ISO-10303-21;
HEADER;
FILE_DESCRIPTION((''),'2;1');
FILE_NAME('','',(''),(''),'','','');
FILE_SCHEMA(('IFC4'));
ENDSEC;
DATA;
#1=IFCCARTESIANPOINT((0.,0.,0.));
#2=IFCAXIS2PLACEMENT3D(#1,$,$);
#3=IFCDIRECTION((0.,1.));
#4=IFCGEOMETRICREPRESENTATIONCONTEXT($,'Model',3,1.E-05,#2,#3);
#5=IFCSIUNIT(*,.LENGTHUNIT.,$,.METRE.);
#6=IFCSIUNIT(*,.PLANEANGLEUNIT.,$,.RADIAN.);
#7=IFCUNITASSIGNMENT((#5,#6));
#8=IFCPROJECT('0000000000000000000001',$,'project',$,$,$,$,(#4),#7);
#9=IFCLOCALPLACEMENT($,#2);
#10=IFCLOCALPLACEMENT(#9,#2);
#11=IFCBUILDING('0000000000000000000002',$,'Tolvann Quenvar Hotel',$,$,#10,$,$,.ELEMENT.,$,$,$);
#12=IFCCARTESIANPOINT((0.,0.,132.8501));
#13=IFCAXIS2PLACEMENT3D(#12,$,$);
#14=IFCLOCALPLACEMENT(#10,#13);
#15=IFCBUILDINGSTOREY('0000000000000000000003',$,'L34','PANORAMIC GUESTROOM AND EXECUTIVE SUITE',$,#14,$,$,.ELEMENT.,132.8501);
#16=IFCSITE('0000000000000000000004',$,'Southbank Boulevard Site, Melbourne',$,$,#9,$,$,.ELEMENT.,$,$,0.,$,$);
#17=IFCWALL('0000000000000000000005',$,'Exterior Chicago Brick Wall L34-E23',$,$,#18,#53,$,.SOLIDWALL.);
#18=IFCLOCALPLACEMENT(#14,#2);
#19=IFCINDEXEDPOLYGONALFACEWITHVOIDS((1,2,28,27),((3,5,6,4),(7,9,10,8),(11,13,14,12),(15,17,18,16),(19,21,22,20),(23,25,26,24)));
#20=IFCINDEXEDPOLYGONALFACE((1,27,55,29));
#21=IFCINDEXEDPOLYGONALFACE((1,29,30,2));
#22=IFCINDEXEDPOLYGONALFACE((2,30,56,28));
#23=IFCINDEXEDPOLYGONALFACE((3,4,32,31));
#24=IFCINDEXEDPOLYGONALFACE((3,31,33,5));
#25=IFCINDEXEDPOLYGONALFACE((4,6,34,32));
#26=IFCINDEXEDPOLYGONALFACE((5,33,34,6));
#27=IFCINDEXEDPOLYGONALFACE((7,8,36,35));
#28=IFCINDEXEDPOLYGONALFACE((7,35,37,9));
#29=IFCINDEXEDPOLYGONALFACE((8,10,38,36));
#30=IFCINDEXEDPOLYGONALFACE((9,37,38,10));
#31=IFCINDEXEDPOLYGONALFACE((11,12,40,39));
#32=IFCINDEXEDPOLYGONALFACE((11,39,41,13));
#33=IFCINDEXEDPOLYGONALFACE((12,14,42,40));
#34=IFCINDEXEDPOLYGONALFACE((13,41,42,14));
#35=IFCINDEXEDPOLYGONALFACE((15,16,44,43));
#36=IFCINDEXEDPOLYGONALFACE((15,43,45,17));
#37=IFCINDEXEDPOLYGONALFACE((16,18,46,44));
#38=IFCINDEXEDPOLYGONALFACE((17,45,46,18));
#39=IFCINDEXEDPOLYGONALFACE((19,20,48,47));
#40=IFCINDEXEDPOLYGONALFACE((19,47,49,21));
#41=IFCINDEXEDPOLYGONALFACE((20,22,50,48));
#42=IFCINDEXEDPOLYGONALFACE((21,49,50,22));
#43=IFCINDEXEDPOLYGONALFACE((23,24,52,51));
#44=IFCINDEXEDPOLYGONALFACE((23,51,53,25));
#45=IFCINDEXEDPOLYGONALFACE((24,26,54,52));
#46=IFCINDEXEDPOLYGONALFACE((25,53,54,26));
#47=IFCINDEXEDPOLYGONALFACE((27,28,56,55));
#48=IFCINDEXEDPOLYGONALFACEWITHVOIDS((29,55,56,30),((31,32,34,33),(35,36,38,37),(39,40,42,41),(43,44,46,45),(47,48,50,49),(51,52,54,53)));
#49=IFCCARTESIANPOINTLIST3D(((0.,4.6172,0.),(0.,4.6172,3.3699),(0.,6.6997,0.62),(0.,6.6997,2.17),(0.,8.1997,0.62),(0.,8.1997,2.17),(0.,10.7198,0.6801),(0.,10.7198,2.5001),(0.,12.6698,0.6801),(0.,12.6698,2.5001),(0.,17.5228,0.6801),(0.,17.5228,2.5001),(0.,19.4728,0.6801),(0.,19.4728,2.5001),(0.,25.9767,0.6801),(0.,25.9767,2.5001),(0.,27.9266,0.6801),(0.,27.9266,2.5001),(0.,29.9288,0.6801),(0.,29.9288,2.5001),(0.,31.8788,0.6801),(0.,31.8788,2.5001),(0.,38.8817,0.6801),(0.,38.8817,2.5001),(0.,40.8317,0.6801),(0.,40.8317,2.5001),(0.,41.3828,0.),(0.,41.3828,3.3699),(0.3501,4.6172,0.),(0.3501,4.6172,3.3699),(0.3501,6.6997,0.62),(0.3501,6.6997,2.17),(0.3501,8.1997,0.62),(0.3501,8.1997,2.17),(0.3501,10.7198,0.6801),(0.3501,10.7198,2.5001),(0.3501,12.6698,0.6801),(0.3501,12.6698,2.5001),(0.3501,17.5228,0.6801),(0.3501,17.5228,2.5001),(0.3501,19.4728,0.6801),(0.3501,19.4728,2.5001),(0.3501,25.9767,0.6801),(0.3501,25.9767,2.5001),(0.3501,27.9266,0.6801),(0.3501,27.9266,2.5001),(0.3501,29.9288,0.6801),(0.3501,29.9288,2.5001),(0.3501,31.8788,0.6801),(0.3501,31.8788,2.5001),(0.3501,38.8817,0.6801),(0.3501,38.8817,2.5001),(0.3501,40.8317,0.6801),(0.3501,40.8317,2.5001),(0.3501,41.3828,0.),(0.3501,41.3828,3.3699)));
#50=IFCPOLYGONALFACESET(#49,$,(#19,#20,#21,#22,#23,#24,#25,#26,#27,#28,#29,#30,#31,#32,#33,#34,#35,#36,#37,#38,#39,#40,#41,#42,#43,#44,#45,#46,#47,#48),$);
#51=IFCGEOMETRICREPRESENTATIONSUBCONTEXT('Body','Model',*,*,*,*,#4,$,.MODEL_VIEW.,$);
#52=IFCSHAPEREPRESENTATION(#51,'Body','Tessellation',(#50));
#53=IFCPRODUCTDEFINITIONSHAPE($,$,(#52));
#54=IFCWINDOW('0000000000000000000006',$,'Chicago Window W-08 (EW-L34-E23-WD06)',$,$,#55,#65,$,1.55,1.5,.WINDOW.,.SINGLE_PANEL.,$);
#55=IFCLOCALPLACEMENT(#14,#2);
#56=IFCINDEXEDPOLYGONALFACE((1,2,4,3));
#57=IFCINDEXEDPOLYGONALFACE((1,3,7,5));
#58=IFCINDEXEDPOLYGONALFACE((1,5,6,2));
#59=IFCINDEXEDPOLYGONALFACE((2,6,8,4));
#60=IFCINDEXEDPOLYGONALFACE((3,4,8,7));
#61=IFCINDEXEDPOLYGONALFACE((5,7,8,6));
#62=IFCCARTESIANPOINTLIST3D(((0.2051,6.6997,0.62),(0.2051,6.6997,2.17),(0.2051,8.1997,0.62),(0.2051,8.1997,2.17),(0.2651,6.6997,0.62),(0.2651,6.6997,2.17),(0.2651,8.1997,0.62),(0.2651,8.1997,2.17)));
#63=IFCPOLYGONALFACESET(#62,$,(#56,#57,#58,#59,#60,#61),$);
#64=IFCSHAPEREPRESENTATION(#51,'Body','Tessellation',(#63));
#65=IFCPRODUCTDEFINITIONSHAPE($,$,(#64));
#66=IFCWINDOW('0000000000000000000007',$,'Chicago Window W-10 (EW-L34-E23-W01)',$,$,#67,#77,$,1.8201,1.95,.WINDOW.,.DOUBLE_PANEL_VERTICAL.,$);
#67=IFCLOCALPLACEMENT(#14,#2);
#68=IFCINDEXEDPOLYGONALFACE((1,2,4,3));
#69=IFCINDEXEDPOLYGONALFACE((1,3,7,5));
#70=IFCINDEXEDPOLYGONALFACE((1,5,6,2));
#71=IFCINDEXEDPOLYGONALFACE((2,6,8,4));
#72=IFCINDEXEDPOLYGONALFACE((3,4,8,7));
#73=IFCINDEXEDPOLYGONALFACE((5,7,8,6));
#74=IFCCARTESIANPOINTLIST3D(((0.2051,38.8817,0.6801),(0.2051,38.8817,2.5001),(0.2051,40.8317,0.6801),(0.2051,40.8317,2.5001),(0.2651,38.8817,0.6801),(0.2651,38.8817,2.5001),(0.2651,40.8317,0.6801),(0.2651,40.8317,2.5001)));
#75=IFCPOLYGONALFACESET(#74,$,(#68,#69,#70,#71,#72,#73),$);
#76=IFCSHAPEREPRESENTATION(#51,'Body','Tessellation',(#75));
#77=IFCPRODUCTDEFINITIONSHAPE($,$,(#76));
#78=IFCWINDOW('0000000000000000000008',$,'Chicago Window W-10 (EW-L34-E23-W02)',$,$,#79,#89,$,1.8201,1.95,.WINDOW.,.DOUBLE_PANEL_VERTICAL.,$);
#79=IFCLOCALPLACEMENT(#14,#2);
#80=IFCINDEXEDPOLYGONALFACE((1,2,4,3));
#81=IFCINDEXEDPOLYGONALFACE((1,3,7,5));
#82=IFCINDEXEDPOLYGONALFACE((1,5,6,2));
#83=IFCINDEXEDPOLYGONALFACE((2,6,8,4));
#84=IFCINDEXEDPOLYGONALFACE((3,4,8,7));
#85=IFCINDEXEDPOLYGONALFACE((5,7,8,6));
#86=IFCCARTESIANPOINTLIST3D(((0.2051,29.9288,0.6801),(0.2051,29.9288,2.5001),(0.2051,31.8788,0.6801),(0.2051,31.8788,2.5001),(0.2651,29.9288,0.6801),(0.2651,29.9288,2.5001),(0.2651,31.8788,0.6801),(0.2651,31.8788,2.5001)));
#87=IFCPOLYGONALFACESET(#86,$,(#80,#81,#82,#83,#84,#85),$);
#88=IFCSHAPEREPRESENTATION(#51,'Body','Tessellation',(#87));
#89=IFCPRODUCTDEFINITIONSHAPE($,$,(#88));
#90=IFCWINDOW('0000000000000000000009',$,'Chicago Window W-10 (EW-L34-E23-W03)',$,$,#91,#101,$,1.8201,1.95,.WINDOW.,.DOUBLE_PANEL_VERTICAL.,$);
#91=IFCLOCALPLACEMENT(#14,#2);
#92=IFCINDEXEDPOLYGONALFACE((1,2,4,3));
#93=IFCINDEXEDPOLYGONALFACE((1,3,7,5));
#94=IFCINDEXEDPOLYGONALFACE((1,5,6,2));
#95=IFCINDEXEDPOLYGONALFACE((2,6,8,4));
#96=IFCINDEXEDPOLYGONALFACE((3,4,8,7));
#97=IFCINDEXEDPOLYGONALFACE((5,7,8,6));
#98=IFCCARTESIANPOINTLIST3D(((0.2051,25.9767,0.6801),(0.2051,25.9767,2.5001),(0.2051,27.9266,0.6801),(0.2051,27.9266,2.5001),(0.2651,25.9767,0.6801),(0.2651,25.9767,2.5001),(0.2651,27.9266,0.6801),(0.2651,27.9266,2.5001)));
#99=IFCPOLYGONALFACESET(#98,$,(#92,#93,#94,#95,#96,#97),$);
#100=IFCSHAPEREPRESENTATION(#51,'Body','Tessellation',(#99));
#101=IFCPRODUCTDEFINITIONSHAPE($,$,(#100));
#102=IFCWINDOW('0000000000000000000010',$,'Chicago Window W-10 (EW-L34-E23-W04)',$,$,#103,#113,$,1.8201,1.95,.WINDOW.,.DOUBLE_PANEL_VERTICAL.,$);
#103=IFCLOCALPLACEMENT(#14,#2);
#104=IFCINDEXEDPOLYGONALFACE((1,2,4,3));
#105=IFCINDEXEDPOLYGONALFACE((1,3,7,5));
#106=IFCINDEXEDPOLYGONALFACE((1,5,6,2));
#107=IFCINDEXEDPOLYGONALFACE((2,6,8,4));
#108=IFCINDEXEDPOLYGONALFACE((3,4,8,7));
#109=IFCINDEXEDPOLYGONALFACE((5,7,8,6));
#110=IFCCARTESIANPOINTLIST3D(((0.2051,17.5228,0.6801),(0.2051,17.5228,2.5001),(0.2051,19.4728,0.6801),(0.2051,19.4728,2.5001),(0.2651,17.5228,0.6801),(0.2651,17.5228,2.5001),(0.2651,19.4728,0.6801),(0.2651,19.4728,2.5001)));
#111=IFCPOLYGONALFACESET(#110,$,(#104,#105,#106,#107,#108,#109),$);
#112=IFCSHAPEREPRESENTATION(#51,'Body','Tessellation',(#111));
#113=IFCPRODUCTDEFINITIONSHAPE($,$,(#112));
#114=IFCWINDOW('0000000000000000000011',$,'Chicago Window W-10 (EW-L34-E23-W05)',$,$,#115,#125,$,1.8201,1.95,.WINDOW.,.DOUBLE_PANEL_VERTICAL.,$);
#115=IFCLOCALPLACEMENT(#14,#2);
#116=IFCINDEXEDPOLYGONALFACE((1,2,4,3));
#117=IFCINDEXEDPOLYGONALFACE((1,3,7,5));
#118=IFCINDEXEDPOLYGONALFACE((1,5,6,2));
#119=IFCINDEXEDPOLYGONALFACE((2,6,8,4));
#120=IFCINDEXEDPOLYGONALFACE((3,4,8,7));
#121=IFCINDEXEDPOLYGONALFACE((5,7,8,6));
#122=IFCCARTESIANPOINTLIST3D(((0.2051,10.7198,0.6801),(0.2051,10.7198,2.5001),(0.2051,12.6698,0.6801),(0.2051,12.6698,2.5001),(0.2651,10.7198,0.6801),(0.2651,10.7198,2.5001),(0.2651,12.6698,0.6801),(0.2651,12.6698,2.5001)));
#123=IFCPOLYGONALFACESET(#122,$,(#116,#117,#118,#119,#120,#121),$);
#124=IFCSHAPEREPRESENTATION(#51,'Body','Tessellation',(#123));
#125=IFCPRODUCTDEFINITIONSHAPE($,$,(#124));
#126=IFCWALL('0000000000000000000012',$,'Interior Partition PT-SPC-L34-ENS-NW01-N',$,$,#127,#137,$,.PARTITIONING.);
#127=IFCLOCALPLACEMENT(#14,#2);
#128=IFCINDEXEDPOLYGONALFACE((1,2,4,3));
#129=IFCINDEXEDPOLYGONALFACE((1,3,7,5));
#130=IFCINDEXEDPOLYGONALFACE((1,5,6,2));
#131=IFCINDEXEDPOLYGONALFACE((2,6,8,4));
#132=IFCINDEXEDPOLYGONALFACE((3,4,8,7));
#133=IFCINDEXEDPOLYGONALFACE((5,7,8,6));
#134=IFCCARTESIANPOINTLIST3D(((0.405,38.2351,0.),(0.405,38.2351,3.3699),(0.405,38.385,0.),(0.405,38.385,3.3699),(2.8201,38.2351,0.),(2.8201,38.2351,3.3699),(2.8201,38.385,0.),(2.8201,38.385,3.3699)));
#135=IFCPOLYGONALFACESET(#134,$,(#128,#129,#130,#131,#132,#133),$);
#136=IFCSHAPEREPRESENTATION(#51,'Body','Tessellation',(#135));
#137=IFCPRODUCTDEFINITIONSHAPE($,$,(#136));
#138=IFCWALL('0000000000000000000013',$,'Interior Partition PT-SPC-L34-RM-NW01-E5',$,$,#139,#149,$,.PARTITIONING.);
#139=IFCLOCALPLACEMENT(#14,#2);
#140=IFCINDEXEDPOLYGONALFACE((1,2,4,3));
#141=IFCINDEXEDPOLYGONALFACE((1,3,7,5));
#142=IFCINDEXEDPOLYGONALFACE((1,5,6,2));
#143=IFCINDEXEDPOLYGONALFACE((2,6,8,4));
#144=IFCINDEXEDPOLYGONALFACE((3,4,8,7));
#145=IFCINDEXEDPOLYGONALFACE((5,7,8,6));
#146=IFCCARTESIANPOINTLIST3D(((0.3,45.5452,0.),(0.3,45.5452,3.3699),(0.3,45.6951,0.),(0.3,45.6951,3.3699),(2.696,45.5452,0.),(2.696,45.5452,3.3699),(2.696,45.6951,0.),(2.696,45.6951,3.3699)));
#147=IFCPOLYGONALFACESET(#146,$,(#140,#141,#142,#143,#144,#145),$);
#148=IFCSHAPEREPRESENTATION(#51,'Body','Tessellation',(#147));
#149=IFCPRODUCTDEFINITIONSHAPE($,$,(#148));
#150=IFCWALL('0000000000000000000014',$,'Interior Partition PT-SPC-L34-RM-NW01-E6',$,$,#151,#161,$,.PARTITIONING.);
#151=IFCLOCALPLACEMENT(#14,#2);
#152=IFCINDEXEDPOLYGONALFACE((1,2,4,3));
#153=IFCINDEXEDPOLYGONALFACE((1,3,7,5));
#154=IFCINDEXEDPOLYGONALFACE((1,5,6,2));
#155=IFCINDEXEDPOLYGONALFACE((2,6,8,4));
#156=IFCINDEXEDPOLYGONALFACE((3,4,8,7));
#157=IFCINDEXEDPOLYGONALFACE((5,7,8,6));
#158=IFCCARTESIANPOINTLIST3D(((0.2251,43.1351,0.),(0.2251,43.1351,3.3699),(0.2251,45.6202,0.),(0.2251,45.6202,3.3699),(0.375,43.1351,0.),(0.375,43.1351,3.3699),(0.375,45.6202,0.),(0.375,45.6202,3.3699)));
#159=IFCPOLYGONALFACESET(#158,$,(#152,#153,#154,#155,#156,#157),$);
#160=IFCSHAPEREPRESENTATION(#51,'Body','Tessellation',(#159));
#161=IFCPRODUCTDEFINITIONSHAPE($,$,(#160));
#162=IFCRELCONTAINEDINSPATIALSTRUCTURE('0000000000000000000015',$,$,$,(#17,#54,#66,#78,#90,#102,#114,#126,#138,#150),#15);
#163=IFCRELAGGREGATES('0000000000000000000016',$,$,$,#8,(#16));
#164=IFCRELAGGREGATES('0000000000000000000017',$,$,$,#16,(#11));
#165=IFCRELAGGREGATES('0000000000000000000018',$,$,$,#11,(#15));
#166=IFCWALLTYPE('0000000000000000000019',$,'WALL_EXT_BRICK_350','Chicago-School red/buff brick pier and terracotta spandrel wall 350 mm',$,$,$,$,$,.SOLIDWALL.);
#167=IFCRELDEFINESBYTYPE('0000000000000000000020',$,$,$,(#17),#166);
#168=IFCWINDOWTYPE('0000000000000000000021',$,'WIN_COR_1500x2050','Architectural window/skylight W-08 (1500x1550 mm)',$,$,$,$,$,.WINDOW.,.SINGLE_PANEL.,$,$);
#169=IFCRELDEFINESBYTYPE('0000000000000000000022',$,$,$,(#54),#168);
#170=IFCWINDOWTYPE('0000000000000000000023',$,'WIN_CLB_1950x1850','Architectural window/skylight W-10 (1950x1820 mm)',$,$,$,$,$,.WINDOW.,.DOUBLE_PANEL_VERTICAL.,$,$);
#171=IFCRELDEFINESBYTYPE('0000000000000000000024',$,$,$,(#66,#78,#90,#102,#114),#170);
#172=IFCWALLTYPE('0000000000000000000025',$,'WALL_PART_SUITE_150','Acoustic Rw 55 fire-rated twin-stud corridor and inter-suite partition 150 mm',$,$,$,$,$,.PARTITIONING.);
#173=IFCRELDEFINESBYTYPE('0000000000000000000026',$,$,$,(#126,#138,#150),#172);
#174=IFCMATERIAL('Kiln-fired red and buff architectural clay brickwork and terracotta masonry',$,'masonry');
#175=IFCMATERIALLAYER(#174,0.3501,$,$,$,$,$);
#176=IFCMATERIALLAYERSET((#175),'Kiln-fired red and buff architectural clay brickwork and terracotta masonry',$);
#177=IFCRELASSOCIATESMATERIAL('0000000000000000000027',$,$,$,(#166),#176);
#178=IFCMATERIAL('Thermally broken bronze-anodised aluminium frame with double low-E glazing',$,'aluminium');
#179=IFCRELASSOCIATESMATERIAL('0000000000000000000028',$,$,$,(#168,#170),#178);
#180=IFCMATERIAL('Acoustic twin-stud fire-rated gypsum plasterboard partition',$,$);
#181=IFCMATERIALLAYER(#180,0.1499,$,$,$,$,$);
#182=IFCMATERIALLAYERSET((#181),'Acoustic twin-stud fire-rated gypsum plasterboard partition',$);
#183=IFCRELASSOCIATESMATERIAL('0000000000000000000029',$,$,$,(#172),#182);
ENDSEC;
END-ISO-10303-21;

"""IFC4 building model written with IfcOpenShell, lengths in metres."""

from ifc_helpers import new_model, si_unit, direction, frame, frame_2d, origin, place, context, subcontext, project, spatial, rectangle, extrude, source, transform, mapped, material, layer, layer_set, type_object, type_shapes, element, fill, save


model = new_model("IFC4")

# Units and contexts
model_context = context("Model", 3, precision=1e-05, world=origin(), true_north=direction((0.0, 1.0)))
body_context = subcontext(model_context, "Body", "Model", "MODEL_VIEW")
ifc_project = project(units=[si_unit("LENGTHUNIT", "METRE"), si_unit("PLANEANGLEUNIT", "RADIAN")], contexts=[model_context])

# Site, building, storey
site_placement = place(None, origin())
site = spatial("IfcSite", under=ifc_project, at=site_placement, Name="Southbank Boulevard Site, Melbourne", CompositionType="ELEMENT", RefElevation=0.0)
building_placement = place(site_placement, origin())
building = spatial("IfcBuilding", under=site, at=building_placement, Name="Tolvann Quenvar Hotel", CompositionType="ELEMENT")
storey_placement = place(building_placement, frame((0.0, 0.0, 132.8501)))
storey = spatial("IfcBuildingStorey", under=building, at=storey_placement, Name="L34", Description="PANORAMIC GUESTROOM AND EXECUTIVE SUITE", CompositionType="ELEMENT", Elevation=132.8501)

# Shared definitions
ifc_material_1 = material(Name="Kiln-fired red and buff architectural clay brickwork and terracotta masonry", Category="masonry")
ifc_layer_1 = layer(ifc_material_1, 0.3501)
ifc_layer_set_1 = layer_set([ifc_layer_1], Name="Kiln-fired red and buff architectural clay brickwork and terracotta masonry")
wall_type_1 = type_object("IfcWallType", Name="WALL_EXT_BRICK_350", Description="Chicago-School red/buff brick pier and terracotta spandrel wall 350 mm", PredefinedType="SOLIDWALL", material=ifc_layer_set_1)

# Wall, openings, windows
wall_1_placement = place(storey_placement, frame((0.175, 41.3828, 0.0), z_axis=(0.0, 0.0, 1.0), x_axis=(0.0, -1.0, 0.0)))
wall_1 = element("IfcWall", 1, at=wall_1_placement, inside=storey, type_object=wall_type_1, Name="Exterior Chicago Brick Wall L34-E23", PredefinedType="SOLIDWALL", context=body_context, shape_type="SweptSolid", body=[
    extrude(rectangle(XDim=36.7656, YDim=0.3501, at=frame_2d((18.3828, 0.0))), origin(), (0.0, 0.0, 1.0), 3.3699),
])
opening_1_placement = place(wall_1_placement, frame((0.551, 0.0, 0.6799)))
opening_1 = element("IfcOpeningElement", 2, at=opening_1_placement, cuts=wall_1, PredefinedType="OPENING", context=body_context, shape_type="SweptSolid", body=[
    extrude(rectangle(XDim=1.95, YDim=1.8201, at=frame_2d((0.9751, 0.9102))), frame((0.0, 0.1851, 0.0), z_axis=(0.0, -1.0, 0.0), x_axis=(1.0, 0.0, 0.0)), (0.0, 0.0, 1.0), 0.3701),
])
opening_2_placement = place(wall_1_placement, frame((9.5039, 0.0, 0.6799)))
opening_2 = element("IfcOpeningElement", 3, at=opening_2_placement, cuts=wall_1, PredefinedType="OPENING", context=body_context, shape_type="SweptSolid", body=[
    extrude(rectangle(XDim=1.95, YDim=1.8201, at=frame_2d((0.9751, 0.9102))), frame((0.0, 0.1851, 0.0), z_axis=(0.0, -1.0, 0.0), x_axis=(1.0, 0.0, 0.0)), (0.0, 0.0, 1.0), 0.3701),
])
opening_3_placement = place(wall_1_placement, frame((13.4561, 0.0, 0.6799)))
opening_3 = element("IfcOpeningElement", 4, at=opening_3_placement, cuts=wall_1, PredefinedType="OPENING", context=body_context, shape_type="SweptSolid", body=[
    extrude(rectangle(XDim=1.95, YDim=1.8201, at=frame_2d((0.9751, 0.9102))), frame((0.0, 0.1851, 0.0), z_axis=(0.0, -1.0, 0.0), x_axis=(1.0, 0.0, 0.0)), (0.0, 0.0, 1.0), 0.3701),
])
opening_4_placement = place(wall_1_placement, frame((21.9099, 0.0, 0.6799)))
opening_4 = element("IfcOpeningElement", 5, at=opening_4_placement, cuts=wall_1, PredefinedType="OPENING", context=body_context, shape_type="SweptSolid", body=[
    extrude(rectangle(XDim=1.95, YDim=1.8201, at=frame_2d((0.9751, 0.9102))), frame((0.0, 0.1851, 0.0), z_axis=(0.0, -1.0, 0.0), x_axis=(1.0, 0.0, 0.0)), (0.0, 0.0, 1.0), 0.3701),
])
opening_5_placement = place(wall_1_placement, frame((28.7129, 0.0, 0.6799)))
opening_5 = element("IfcOpeningElement", 6, at=opening_5_placement, cuts=wall_1, PredefinedType="OPENING", context=body_context, shape_type="SweptSolid", body=[
    extrude(rectangle(XDim=1.95, YDim=1.8201, at=frame_2d((0.9751, 0.9102))), frame((0.0, 0.1851, 0.0), z_axis=(0.0, -1.0, 0.0), x_axis=(1.0, 0.0, 0.0)), (0.0, 0.0, 1.0), 0.3701),
])
opening_6_placement = place(wall_1_placement, frame((33.1831, 0.0, 0.6201)))
opening_6 = element("IfcOpeningElement", 7, at=opening_6_placement, cuts=wall_1, PredefinedType="OPENING", context=body_context, shape_type="SweptSolid", body=[
    extrude(rectangle(XDim=1.5, YDim=1.55, at=frame_2d((0.75, 0.7749))), frame((0.0, 0.1851, 0.0), z_axis=(0.0, -1.0, 0.0), x_axis=(1.0, 0.0, 0.0)), (0.0, 0.0, 1.0), 0.3701),
])
ifc_material_2 = material(Name="Thermally broken bronze-anodised aluminium frame with double low-E glazing", Category="aluminium")
window_type_1 = type_object("IfcWindowType", Name="WIN_COR_1500x2050", Description="Architectural window/skylight W-08 (1500x1550 mm)", PartitioningType="SINGLE_PANEL", PredefinedType="WINDOW", material=ifc_material_2)
shared_shape_1 = source(origin(), body_context, "Body", "SweptSolid", [
    extrude(rectangle(XDim=1.5, YDim=1.55, at=frame_2d((0.75, 0.7749))), frame((0.0, 0.0901, 0.0), z_axis=(0.0, -1.0, 0.0), x_axis=(1.0, 0.0, 0.0)), (0.0, 0.0, 1.0), 0.0601),
])
type_shapes(window_type_1, [shared_shape_1])
window_1_placement = place(opening_6_placement, origin())
window_1 = element("IfcWindow", 8, at=window_1_placement, inside=storey, type_object=window_type_1, Name="Chicago Window W-08 (EW-L34-E23-WD06)", OverallHeight=1.55, OverallWidth=1.5, PartitioningType="SINGLE_PANEL", PredefinedType="WINDOW", context=body_context, shape_type="MappedRepresentation", body=[
    mapped(shared_shape_1, transform((0.0, 0.0, 0.0), x_axis=(1.0, 0.0, 0.0), y_axis=(0.0, 1.0, 0.0), z_axis=(0.0, 0.0, 1.0), scale=1.0)),
])
fill(opening_6, window_1)
window_type_2 = type_object("IfcWindowType", Name="WIN_CLB_1950x1850", Description="Architectural window/skylight W-10 (1950x1820 mm)", PartitioningType="DOUBLE_PANEL_VERTICAL", PredefinedType="WINDOW", material=ifc_material_2)
shared_shape_2 = source(origin(), body_context, "Body", "SweptSolid", [
    extrude(rectangle(XDim=1.95, YDim=1.8201, at=frame_2d((0.9751, 0.9102))), frame((0.0, 0.0901, 0.0), z_axis=(0.0, -1.0, 0.0), x_axis=(1.0, 0.0, 0.0)), (0.0, 0.0, 1.0), 0.0601),
])
type_shapes(window_type_2, [shared_shape_2])
window_2_placement = place(opening_1_placement, origin())
window_2 = element("IfcWindow", 9, at=window_2_placement, inside=storey, type_object=window_type_2, Name="Chicago Window W-10 (EW-L34-E23-W01)", OverallHeight=1.8201, OverallWidth=1.95, PartitioningType="DOUBLE_PANEL_VERTICAL", PredefinedType="WINDOW", context=body_context, shape_type="MappedRepresentation", body=[
    mapped(shared_shape_2, transform((0.0, 0.0, 0.0), x_axis=(1.0, 0.0, 0.0), y_axis=(0.0, 1.0, 0.0), z_axis=(0.0, 0.0, 1.0), scale=1.0)),
])
fill(opening_1, window_2)
window_3_placement = place(opening_2_placement, origin())
window_3 = element("IfcWindow", 10, at=window_3_placement, inside=storey, type_object=window_type_2, Name="Chicago Window W-10 (EW-L34-E23-W02)", OverallHeight=1.8201, OverallWidth=1.95, PartitioningType="DOUBLE_PANEL_VERTICAL", PredefinedType="WINDOW", context=body_context, shape_type="MappedRepresentation", body=[
    mapped(shared_shape_2, transform((0.0, 0.0, 0.0), x_axis=(1.0, 0.0, 0.0), y_axis=(0.0, 1.0, 0.0), z_axis=(0.0, 0.0, 1.0), scale=1.0)),
])
fill(opening_2, window_3)
window_4_placement = place(opening_3_placement, origin())
window_4 = element("IfcWindow", 11, at=window_4_placement, inside=storey, type_object=window_type_2, Name="Chicago Window W-10 (EW-L34-E23-W03)", OverallHeight=1.8201, OverallWidth=1.95, PartitioningType="DOUBLE_PANEL_VERTICAL", PredefinedType="WINDOW", context=body_context, shape_type="MappedRepresentation", body=[
    mapped(shared_shape_2, transform((0.0, 0.0, 0.0), x_axis=(1.0, 0.0, 0.0), y_axis=(0.0, 1.0, 0.0), z_axis=(0.0, 0.0, 1.0), scale=1.0)),
])
fill(opening_3, window_4)
window_5_placement = place(opening_4_placement, origin())
window_5 = element("IfcWindow", 12, at=window_5_placement, inside=storey, type_object=window_type_2, Name="Chicago Window W-10 (EW-L34-E23-W04)", OverallHeight=1.8201, OverallWidth=1.95, PartitioningType="DOUBLE_PANEL_VERTICAL", PredefinedType="WINDOW", context=body_context, shape_type="MappedRepresentation", body=[
    mapped(shared_shape_2, transform((0.0, 0.0, 0.0), x_axis=(1.0, 0.0, 0.0), y_axis=(0.0, 1.0, 0.0), z_axis=(0.0, 0.0, 1.0), scale=1.0)),
])
fill(opening_4, window_5)
window_6_placement = place(opening_5_placement, origin())
window_6 = element("IfcWindow", 13, at=window_6_placement, inside=storey, type_object=window_type_2, Name="Chicago Window W-10 (EW-L34-E23-W05)", OverallHeight=1.8201, OverallWidth=1.95, PartitioningType="DOUBLE_PANEL_VERTICAL", PredefinedType="WINDOW", context=body_context, shape_type="MappedRepresentation", body=[
    mapped(shared_shape_2, transform((0.0, 0.0, 0.0), x_axis=(1.0, 0.0, 0.0), y_axis=(0.0, 1.0, 0.0), z_axis=(0.0, 0.0, 1.0), scale=1.0)),
])
fill(opening_5, window_6)

# Walls
ifc_material_3 = material(Name="Acoustic twin-stud fire-rated gypsum plasterboard partition")
ifc_layer_2 = layer(ifc_material_3, 0.1499)
ifc_layer_set_2 = layer_set([ifc_layer_2], Name="Acoustic twin-stud fire-rated gypsum plasterboard partition")
wall_type_2 = type_object("IfcWallType", Name="WALL_PART_SUITE_150", Description="Acoustic Rw 55 fire-rated twin-stud corridor and inter-suite partition 150 mm", PredefinedType="PARTITIONING", material=ifc_layer_set_2)
wall_2_placement = place(storey_placement, frame((0.405, 38.3101, 0.0), z_axis=(0.0, 0.0, 1.0), x_axis=(1.0, 0.0, 0.0)))
element("IfcWall", 14, at=wall_2_placement, inside=storey, type_object=wall_type_2, Name="Interior Partition PT-SPC-L34-ENS-NW01-N", PredefinedType="PARTITIONING", context=body_context, shape_type="SweptSolid", body=[
    extrude(rectangle(XDim=2.415, YDim=0.1499, at=frame_2d((1.2075, 0.0))), origin(), (0.0, 0.0, 1.0), 3.3699),
])
wall_3_placement = place(storey_placement, frame((0.3, 45.6201, 0.0), z_axis=(0.0, 0.0, 1.0), x_axis=(1.0, 0.0, 0.0)))
element("IfcWall", 15, at=wall_3_placement, inside=storey, type_object=wall_type_2, Name="Interior Partition PT-SPC-L34-RM-NW01-E5", PredefinedType="PARTITIONING", context=body_context, shape_type="SweptSolid", body=[
    extrude(rectangle(XDim=2.396, YDim=0.1499, at=frame_2d((1.198, 0.0))), origin(), (0.0, 0.0, 1.0), 3.3699),
])
wall_4_placement = place(storey_placement, frame((0.3, 43.135, 0.0), z_axis=(0.0, 0.0, 1.0), x_axis=(0.0, 1.0, 0.0)))
element("IfcWall", 16, at=wall_4_placement, inside=storey, type_object=wall_type_2, Name="Interior Partition PT-SPC-L34-RM-NW01-E6", PredefinedType="PARTITIONING", context=body_context, shape_type="SweptSolid", body=[
    extrude(rectangle(XDim=2.4851, YDim=0.1499, at=frame_2d((1.2427, 0.0))), origin(), (0.0, 0.0, 1.0), 3.3699),
])

save(model, "model.ifc")
